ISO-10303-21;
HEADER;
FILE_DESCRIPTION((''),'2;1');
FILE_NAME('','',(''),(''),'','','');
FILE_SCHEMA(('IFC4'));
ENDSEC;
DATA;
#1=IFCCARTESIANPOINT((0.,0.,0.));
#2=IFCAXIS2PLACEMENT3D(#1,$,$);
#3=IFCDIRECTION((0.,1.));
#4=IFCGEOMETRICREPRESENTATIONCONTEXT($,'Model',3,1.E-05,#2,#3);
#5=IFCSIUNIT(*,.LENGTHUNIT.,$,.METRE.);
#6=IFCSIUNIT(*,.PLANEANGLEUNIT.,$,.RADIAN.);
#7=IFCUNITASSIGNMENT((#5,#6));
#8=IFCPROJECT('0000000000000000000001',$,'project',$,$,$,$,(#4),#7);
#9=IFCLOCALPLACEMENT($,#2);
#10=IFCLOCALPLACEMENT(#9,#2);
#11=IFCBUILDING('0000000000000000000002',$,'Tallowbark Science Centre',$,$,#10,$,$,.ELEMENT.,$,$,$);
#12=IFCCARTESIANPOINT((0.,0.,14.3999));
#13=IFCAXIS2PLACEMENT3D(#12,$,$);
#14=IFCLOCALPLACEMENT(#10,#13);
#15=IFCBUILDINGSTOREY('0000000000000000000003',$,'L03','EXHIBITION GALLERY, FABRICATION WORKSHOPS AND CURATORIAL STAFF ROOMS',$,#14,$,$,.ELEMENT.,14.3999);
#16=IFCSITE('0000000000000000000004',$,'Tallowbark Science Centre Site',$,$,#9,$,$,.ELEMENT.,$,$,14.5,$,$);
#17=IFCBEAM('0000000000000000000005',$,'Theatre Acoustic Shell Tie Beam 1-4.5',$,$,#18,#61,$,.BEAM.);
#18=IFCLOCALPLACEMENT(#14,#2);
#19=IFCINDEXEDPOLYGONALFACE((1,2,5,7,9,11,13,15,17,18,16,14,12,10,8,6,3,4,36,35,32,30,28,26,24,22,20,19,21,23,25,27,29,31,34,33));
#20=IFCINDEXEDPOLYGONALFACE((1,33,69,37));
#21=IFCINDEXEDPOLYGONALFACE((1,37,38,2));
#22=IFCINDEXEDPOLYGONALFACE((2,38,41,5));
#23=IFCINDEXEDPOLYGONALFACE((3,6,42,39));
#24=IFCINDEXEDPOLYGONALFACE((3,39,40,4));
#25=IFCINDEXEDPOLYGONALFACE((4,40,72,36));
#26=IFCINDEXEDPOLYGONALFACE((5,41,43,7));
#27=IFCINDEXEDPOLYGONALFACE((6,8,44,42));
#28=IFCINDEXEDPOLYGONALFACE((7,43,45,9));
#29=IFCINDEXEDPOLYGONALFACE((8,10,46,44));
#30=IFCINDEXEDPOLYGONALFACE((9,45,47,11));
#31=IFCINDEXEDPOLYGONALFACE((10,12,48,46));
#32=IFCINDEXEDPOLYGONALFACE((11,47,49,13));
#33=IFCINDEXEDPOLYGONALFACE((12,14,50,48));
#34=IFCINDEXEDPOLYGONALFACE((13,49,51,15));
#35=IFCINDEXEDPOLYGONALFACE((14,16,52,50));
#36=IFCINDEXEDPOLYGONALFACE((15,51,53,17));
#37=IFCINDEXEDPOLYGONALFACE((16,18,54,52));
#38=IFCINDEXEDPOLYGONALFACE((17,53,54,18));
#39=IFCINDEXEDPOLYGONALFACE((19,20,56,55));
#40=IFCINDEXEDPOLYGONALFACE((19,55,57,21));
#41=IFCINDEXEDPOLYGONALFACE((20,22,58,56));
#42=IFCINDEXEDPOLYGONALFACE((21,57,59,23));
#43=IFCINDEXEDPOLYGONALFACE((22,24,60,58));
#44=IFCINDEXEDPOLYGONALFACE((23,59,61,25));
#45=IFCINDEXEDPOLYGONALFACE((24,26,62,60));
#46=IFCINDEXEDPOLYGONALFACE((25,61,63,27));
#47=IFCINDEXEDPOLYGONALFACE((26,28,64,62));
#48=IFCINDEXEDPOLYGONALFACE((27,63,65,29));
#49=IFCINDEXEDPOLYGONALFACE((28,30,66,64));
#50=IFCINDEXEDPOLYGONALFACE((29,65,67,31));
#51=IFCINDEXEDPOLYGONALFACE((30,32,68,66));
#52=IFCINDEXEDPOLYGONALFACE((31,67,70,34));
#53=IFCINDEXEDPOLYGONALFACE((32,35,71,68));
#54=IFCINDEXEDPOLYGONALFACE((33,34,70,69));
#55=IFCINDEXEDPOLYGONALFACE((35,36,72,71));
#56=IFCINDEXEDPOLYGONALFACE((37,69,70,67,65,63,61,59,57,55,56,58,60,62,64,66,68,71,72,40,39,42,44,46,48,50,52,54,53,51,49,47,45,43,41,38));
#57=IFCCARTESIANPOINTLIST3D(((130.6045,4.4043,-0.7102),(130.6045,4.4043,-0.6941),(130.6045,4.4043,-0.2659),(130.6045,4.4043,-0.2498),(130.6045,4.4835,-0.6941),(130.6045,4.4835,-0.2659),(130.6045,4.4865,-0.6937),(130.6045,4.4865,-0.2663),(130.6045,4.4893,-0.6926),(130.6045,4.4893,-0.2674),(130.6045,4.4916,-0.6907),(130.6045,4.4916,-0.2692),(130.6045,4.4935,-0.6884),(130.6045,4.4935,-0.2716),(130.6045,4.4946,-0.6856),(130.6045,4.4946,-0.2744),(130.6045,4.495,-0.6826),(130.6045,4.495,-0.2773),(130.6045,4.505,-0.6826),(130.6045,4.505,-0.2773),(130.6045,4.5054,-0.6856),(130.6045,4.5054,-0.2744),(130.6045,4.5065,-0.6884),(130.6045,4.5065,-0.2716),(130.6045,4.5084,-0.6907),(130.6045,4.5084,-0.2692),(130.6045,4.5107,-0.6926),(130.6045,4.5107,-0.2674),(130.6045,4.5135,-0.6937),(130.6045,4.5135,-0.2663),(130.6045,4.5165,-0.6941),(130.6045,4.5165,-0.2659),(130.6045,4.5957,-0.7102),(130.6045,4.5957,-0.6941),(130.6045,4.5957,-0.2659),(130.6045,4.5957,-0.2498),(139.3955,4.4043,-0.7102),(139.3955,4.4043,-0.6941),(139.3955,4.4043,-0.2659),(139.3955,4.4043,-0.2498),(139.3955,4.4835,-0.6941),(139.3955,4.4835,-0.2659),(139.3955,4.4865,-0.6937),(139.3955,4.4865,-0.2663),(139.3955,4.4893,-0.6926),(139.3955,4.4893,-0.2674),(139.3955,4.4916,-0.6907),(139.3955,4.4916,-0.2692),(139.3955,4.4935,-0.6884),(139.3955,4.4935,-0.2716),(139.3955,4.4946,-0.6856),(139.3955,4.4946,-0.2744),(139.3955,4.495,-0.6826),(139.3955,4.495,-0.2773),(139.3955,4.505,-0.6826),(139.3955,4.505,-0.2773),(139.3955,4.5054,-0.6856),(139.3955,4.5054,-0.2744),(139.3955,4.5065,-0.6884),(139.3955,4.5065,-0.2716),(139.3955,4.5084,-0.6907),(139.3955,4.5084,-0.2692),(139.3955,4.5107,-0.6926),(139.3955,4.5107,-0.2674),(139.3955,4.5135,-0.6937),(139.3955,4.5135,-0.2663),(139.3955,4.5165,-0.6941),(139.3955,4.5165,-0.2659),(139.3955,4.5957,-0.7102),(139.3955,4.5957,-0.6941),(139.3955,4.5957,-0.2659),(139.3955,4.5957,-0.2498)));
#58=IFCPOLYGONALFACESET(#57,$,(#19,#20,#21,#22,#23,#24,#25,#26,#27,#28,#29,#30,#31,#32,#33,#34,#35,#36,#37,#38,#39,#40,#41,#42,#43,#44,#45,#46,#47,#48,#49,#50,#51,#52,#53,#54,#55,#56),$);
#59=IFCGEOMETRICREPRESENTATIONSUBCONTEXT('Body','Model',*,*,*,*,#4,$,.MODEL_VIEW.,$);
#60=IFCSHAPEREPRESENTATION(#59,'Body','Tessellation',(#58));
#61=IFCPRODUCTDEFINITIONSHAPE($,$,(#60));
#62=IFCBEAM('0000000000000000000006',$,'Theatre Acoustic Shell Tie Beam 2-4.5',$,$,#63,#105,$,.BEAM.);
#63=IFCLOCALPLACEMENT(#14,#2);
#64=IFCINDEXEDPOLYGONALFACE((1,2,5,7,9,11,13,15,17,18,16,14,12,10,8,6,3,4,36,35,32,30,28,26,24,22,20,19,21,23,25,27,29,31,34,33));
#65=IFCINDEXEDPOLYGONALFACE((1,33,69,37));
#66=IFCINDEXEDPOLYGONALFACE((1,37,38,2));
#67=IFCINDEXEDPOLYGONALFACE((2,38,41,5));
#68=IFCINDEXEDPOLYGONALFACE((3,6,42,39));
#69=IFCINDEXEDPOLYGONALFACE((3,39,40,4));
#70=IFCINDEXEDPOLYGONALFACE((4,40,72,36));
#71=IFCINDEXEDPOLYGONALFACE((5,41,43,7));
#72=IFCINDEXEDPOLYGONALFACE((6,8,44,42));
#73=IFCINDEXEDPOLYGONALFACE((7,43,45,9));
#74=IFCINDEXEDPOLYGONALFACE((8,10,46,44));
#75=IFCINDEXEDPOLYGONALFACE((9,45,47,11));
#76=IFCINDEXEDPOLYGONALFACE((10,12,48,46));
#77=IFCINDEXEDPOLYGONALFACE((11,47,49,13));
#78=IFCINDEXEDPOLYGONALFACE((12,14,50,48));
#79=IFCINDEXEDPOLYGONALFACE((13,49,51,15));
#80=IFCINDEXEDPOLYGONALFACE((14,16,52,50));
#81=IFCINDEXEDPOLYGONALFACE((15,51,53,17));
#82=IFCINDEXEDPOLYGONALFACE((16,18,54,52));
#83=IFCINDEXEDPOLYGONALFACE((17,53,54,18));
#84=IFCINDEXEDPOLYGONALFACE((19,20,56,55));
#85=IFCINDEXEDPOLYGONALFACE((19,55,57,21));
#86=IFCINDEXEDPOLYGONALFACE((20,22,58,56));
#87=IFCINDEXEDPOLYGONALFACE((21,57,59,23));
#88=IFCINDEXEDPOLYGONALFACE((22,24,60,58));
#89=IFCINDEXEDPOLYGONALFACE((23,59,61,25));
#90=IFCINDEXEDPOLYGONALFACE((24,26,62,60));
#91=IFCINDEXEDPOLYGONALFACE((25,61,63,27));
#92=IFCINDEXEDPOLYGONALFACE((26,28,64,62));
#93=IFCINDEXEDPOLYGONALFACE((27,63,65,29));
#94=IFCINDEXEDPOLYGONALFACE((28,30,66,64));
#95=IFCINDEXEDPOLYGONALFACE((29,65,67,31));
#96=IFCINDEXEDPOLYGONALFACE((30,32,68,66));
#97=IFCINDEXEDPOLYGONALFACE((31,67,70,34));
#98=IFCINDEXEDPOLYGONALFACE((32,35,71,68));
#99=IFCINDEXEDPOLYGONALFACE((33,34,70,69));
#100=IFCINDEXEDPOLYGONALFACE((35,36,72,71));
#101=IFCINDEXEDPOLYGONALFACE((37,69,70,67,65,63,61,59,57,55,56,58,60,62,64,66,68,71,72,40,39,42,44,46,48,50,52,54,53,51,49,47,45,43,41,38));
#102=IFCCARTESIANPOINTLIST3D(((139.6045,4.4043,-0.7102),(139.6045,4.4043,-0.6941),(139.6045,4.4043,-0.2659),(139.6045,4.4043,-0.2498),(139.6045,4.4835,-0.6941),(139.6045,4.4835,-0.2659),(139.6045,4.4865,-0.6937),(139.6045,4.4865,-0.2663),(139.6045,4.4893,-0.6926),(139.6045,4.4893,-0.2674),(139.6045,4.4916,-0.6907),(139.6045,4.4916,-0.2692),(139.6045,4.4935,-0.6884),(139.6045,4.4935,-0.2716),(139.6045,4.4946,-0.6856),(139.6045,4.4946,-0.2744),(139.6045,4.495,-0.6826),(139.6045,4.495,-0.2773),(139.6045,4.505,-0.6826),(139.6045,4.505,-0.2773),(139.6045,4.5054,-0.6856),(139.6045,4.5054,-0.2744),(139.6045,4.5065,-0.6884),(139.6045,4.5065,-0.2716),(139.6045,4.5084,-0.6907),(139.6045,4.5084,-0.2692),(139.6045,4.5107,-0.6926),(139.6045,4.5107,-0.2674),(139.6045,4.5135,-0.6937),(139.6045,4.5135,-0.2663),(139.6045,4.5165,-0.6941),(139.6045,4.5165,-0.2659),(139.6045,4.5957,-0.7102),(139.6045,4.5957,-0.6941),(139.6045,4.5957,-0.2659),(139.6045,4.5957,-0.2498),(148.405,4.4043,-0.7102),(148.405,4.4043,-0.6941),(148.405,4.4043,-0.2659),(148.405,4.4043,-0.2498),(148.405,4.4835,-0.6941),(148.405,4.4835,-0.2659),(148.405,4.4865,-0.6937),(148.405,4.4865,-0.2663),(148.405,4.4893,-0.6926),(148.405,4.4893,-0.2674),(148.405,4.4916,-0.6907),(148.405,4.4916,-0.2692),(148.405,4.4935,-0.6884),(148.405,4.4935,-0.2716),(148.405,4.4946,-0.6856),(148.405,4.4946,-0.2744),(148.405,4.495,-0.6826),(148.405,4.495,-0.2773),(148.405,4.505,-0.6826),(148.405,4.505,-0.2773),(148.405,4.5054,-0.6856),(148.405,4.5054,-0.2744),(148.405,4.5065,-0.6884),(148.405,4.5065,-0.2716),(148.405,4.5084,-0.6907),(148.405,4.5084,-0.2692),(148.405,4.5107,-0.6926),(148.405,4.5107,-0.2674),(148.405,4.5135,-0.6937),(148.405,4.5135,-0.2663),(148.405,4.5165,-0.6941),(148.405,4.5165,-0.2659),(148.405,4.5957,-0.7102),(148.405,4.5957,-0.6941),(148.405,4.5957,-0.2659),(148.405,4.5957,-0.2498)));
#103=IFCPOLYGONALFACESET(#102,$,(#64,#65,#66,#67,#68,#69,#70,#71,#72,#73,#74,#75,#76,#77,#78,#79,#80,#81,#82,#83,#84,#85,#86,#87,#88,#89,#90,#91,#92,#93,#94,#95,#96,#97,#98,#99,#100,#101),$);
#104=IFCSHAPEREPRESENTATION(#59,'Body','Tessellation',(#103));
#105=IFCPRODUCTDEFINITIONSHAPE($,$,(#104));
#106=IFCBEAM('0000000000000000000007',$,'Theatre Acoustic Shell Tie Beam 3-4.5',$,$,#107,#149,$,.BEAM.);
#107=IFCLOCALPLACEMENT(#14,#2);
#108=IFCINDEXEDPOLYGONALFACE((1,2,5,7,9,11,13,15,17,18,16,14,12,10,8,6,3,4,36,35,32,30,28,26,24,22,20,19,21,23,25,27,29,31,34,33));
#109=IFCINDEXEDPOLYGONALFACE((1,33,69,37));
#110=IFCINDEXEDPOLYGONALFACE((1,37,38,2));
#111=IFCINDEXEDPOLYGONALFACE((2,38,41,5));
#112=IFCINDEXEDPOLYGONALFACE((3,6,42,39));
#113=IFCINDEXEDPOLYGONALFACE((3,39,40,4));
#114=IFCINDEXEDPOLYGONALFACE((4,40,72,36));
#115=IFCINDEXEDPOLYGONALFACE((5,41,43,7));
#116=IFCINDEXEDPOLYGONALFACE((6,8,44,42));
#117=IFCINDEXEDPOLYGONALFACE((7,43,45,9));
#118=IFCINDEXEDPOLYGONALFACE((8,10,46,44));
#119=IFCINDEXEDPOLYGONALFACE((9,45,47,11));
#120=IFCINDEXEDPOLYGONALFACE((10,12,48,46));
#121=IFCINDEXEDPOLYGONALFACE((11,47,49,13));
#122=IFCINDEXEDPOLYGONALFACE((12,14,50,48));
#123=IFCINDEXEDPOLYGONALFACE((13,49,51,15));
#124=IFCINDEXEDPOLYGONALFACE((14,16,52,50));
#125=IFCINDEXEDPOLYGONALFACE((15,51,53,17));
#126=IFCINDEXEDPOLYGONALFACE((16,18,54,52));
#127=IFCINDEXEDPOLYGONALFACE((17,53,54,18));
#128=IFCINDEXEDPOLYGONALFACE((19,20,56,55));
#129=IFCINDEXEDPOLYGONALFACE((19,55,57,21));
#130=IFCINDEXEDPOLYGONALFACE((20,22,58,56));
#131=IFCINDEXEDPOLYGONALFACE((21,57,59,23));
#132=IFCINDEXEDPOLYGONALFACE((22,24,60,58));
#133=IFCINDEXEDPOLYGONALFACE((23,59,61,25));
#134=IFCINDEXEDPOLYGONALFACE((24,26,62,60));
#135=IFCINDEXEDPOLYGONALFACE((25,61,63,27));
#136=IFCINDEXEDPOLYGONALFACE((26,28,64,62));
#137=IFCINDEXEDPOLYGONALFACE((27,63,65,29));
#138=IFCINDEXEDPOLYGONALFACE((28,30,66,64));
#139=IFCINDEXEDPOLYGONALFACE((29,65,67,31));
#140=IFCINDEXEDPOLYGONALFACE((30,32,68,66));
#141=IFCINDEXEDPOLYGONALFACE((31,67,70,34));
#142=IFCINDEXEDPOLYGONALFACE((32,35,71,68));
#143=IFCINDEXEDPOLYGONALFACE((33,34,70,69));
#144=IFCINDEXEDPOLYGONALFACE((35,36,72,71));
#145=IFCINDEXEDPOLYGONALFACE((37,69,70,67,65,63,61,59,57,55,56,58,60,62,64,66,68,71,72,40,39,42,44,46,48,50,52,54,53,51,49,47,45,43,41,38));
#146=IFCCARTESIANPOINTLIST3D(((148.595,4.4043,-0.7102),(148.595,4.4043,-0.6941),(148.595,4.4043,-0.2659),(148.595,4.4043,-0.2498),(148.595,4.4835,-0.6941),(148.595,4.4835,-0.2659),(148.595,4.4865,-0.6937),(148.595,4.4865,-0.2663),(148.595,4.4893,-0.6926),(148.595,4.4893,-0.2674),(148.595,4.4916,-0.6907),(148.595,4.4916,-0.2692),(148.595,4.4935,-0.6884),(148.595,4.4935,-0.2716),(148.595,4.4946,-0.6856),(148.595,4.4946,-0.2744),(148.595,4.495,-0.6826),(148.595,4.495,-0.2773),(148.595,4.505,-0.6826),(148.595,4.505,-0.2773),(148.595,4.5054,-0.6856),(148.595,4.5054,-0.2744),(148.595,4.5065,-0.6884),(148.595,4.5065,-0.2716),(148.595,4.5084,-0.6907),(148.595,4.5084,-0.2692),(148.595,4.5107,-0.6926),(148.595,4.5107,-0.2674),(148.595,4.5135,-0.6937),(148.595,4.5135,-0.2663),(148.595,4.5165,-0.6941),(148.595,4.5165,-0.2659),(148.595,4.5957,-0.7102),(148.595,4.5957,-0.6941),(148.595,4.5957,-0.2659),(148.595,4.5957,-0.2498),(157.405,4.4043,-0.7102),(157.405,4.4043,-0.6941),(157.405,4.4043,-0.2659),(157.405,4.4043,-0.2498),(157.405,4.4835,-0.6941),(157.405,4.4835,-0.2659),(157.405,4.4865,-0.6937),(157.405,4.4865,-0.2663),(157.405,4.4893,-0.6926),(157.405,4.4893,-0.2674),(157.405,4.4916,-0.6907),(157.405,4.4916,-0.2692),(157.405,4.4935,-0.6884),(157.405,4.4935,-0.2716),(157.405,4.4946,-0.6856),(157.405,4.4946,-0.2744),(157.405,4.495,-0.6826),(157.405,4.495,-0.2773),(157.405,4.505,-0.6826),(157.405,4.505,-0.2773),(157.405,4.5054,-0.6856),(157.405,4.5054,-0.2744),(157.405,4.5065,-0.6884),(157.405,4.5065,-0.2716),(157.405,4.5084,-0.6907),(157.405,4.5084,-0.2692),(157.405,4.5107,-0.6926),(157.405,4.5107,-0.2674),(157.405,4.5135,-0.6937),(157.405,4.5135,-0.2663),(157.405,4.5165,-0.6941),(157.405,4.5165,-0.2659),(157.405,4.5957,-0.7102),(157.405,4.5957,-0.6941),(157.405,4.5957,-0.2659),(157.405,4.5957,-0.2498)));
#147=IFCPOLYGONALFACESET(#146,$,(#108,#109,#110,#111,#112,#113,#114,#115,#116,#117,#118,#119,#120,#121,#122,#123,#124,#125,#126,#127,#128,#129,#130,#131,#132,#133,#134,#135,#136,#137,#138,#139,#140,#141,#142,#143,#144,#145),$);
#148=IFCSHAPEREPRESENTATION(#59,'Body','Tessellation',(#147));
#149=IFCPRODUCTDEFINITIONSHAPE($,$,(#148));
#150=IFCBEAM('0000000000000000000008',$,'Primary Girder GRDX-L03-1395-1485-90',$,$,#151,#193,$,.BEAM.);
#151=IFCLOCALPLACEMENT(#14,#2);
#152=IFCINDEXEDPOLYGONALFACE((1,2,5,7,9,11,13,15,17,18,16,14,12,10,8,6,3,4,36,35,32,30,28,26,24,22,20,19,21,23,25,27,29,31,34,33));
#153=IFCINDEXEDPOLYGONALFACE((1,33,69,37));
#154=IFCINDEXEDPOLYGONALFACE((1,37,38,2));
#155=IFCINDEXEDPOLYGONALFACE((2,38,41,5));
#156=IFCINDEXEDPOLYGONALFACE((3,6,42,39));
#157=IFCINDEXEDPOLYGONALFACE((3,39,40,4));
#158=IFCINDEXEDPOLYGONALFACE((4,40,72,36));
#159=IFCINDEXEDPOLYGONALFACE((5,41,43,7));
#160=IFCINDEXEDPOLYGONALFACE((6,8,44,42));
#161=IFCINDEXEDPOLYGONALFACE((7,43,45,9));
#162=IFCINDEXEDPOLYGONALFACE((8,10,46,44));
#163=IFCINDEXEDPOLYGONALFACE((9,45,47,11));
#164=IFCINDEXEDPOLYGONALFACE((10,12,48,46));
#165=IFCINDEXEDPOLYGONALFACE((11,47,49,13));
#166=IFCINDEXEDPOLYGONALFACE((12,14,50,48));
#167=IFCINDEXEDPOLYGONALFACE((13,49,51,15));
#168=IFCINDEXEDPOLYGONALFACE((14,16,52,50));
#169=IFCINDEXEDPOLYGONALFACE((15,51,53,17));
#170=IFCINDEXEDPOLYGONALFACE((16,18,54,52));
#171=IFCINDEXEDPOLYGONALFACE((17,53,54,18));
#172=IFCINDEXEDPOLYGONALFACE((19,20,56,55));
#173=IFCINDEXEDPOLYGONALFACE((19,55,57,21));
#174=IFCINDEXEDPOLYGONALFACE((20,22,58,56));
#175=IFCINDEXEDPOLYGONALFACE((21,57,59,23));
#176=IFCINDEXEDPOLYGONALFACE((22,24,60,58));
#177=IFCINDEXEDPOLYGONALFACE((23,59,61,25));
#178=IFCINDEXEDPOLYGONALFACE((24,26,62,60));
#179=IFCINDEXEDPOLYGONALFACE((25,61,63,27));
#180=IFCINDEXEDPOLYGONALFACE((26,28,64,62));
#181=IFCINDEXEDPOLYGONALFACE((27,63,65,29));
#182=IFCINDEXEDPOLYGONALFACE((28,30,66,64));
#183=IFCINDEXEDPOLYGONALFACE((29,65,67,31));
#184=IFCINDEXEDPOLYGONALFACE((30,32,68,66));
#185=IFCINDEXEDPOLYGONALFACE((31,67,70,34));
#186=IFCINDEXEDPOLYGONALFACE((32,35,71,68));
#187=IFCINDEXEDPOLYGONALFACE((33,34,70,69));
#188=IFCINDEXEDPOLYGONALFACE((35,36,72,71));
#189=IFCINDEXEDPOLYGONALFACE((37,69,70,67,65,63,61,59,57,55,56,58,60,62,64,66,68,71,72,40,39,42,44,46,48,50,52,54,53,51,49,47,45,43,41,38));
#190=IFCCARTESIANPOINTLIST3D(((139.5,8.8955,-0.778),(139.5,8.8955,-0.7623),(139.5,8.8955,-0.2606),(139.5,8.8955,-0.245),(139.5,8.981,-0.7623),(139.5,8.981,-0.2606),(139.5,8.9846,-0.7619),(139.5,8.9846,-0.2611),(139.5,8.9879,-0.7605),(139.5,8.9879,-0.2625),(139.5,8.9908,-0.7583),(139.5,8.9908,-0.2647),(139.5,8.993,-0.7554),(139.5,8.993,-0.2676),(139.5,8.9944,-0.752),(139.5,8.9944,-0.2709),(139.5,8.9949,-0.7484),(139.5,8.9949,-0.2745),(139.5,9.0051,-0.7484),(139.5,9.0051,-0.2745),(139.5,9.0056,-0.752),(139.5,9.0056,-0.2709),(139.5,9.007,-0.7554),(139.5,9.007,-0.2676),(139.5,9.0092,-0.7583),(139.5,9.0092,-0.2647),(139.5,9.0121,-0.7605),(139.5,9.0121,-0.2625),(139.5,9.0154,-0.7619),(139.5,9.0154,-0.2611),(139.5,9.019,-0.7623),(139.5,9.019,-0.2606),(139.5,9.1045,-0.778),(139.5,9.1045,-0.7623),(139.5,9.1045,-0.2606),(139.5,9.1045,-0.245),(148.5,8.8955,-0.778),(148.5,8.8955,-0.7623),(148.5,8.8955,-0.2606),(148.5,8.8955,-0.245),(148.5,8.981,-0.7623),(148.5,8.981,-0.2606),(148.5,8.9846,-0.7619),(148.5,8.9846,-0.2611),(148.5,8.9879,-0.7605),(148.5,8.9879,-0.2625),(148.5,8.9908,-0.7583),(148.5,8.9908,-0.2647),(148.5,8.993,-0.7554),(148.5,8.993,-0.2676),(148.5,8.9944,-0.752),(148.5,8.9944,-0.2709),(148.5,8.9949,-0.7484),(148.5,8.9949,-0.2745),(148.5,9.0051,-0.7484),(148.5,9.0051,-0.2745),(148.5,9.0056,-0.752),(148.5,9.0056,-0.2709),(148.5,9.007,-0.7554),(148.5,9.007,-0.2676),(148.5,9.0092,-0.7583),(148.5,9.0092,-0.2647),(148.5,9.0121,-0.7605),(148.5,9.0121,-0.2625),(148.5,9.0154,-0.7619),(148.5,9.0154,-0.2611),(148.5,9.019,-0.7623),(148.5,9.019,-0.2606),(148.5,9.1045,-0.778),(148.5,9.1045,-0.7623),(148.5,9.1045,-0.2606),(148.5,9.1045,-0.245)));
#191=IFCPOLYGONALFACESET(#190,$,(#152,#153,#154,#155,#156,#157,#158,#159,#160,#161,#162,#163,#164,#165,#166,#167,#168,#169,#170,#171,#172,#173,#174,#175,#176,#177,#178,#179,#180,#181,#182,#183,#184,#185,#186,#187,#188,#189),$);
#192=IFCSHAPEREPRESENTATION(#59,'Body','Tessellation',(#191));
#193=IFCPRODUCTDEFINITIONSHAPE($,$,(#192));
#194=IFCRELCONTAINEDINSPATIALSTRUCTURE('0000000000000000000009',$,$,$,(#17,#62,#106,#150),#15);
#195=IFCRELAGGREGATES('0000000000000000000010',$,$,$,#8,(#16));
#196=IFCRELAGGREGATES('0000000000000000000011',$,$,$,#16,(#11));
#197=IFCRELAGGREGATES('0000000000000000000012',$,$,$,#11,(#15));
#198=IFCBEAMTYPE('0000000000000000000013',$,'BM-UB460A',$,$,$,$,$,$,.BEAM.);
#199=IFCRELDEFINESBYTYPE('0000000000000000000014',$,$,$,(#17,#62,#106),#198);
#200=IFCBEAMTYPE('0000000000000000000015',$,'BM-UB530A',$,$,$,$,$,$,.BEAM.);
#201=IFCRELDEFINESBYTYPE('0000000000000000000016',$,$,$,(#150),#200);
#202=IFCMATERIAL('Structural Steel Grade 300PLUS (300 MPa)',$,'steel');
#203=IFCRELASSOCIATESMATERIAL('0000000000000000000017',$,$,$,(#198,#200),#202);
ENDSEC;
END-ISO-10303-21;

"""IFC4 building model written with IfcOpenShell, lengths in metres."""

from ifc_helpers import new_model, si_unit, direction, frame, origin, origin_2d, place, context, subcontext, project, spatial, i_section, extrude, material, material_profile, profile_set, type_object, element, save


model = new_model("IFC4")

# Units and contexts
model_context = context("Model", 3, precision=1e-05, world=origin(), true_north=direction((0.0, 1.0)))
body_context = subcontext(model_context, "Body", "Model", "MODEL_VIEW")
ifc_project = project(units=[si_unit("LENGTHUNIT", "METRE"), si_unit("PLANEANGLEUNIT", "RADIAN")], contexts=[model_context])

# Site, building, storey
site_placement = place(None, origin())
site = spatial("IfcSite", under=ifc_project, at=site_placement, Name="Tallowbark Science Centre Site", CompositionType="ELEMENT", RefElevation=14.5)
building_placement = place(site_placement, origin())
building = spatial("IfcBuilding", under=site, at=building_placement, Name="Tallowbark Science Centre", CompositionType="ELEMENT")
storey_placement = place(building_placement, frame((0.0, 0.0, 14.3999)))
storey = spatial("IfcBuildingStorey", under=building, at=storey_placement, Name="L03", Description="EXHIBITION GALLERY, FABRICATION WORKSHOPS AND CURATORIAL STAFF ROOMS", CompositionType="ELEMENT", Elevation=14.3999)

# Beams
ifc_material_1 = material(Name="Structural Steel Grade 300PLUS (300 MPa)", Category="steel")
ifc_material_profile_1 = material_profile(ifc_material_1, i_section(OverallWidth=0.1914, OverallDepth=0.4604, WebThickness=0.01, FlangeThickness=0.0161, FilletRadius=0.0115, at=origin_2d()), Name="460UB82.1")
ifc_profile_set_1 = profile_set([ifc_material_profile_1], Name="Structural Steel Grade 300PLUS (300 MPa)")
beam_type_1 = type_object("IfcBeamType", Name="BM-UB460A", PredefinedType="BEAM", material=ifc_profile_set_1)
beam_1_placement = place(storey_placement, frame((130.6045, 4.5, -0.48), z_axis=(1.0, 0.0, 0.0), x_axis=(0.0, 1.0, 0.0)))
element("IfcBeam", 1, at=beam_1_placement, inside=storey, type_object=beam_type_1, Name="Theatre Acoustic Shell Tie Beam 1-4.5", PredefinedType="BEAM", context=body_context, shape_type="SweptSolid", body=[
    extrude(i_section(OverallWidth=0.1914, OverallDepth=0.4604, WebThickness=0.01, FlangeThickness=0.0161, FilletRadius=0.0115, at=origin_2d()), origin(), (0.0, 0.0, 1.0), 8.791),
])
beam_2_placement = place(storey_placement, frame((139.6045, 4.5, -0.48), z_axis=(1.0, 0.0, 0.0), x_axis=(0.0, 1.0, 0.0)))
element("IfcBeam", 2, at=beam_2_placement, inside=storey, type_object=beam_type_1, Name="Theatre Acoustic Shell Tie Beam 2-4.5", PredefinedType="BEAM", context=body_context, shape_type="SweptSolid", body=[
    extrude(i_section(OverallWidth=0.1914, OverallDepth=0.4604, WebThickness=0.01, FlangeThickness=0.0161, FilletRadius=0.0115, at=origin_2d()), origin(), (0.0, 0.0, 1.0), 8.8005),
])
beam_3_placement = place(storey_placement, frame((148.595, 4.5, -0.48), z_axis=(1.0, 0.0, 0.0), x_axis=(0.0, 1.0, 0.0)))
element("IfcBeam", 3, at=beam_3_placement, inside=storey, type_object=beam_type_1, Name="Theatre Acoustic Shell Tie Beam 3-4.5", PredefinedType="BEAM", context=body_context, shape_type="SweptSolid", body=[
    extrude(i_section(OverallWidth=0.1914, OverallDepth=0.4604, WebThickness=0.01, FlangeThickness=0.0161, FilletRadius=0.0115, at=origin_2d()), origin(), (0.0, 0.0, 1.0), 8.8101),
])
ifc_material_profile_2 = material_profile(ifc_material_1, i_section(OverallWidth=0.209, OverallDepth=0.533, WebThickness=0.0103, FlangeThickness=0.0156, FilletRadius=0.0139, at=origin_2d()), Name="530UB92.4")
ifc_profile_set_2 = profile_set([ifc_material_profile_2], Name="Structural Steel Grade 300PLUS (300 MPa)")
beam_type_2 = type_object("IfcBeamType", Name="BM-UB530A", PredefinedType="BEAM", material=ifc_profile_set_2)
for number, where, z_axis, x_axis, name in (
    (4, (139.5, 9.0, -0.5115), (1.0, 0.0, 0.0), (0.0, 1.0, 0.0), "Primary Girder GRDX-L03-1395-1485-90"),
):
    element("IfcBeam", number, at=place(storey_placement, frame(where, z_axis=z_axis, x_axis=x_axis)), inside=storey, type_object=beam_type_2, Name=name, PredefinedType="BEAM", context=body_context, shape_type="SweptSolid", body=[
        extrude(i_section(OverallWidth=0.209, OverallDepth=0.533, WebThickness=0.0103, FlangeThickness=0.0156, FilletRadius=0.0139, at=origin_2d()), origin(), (0.0, 0.0, 1.0), 9.0),
    ])

save(model, "model.ifc")
